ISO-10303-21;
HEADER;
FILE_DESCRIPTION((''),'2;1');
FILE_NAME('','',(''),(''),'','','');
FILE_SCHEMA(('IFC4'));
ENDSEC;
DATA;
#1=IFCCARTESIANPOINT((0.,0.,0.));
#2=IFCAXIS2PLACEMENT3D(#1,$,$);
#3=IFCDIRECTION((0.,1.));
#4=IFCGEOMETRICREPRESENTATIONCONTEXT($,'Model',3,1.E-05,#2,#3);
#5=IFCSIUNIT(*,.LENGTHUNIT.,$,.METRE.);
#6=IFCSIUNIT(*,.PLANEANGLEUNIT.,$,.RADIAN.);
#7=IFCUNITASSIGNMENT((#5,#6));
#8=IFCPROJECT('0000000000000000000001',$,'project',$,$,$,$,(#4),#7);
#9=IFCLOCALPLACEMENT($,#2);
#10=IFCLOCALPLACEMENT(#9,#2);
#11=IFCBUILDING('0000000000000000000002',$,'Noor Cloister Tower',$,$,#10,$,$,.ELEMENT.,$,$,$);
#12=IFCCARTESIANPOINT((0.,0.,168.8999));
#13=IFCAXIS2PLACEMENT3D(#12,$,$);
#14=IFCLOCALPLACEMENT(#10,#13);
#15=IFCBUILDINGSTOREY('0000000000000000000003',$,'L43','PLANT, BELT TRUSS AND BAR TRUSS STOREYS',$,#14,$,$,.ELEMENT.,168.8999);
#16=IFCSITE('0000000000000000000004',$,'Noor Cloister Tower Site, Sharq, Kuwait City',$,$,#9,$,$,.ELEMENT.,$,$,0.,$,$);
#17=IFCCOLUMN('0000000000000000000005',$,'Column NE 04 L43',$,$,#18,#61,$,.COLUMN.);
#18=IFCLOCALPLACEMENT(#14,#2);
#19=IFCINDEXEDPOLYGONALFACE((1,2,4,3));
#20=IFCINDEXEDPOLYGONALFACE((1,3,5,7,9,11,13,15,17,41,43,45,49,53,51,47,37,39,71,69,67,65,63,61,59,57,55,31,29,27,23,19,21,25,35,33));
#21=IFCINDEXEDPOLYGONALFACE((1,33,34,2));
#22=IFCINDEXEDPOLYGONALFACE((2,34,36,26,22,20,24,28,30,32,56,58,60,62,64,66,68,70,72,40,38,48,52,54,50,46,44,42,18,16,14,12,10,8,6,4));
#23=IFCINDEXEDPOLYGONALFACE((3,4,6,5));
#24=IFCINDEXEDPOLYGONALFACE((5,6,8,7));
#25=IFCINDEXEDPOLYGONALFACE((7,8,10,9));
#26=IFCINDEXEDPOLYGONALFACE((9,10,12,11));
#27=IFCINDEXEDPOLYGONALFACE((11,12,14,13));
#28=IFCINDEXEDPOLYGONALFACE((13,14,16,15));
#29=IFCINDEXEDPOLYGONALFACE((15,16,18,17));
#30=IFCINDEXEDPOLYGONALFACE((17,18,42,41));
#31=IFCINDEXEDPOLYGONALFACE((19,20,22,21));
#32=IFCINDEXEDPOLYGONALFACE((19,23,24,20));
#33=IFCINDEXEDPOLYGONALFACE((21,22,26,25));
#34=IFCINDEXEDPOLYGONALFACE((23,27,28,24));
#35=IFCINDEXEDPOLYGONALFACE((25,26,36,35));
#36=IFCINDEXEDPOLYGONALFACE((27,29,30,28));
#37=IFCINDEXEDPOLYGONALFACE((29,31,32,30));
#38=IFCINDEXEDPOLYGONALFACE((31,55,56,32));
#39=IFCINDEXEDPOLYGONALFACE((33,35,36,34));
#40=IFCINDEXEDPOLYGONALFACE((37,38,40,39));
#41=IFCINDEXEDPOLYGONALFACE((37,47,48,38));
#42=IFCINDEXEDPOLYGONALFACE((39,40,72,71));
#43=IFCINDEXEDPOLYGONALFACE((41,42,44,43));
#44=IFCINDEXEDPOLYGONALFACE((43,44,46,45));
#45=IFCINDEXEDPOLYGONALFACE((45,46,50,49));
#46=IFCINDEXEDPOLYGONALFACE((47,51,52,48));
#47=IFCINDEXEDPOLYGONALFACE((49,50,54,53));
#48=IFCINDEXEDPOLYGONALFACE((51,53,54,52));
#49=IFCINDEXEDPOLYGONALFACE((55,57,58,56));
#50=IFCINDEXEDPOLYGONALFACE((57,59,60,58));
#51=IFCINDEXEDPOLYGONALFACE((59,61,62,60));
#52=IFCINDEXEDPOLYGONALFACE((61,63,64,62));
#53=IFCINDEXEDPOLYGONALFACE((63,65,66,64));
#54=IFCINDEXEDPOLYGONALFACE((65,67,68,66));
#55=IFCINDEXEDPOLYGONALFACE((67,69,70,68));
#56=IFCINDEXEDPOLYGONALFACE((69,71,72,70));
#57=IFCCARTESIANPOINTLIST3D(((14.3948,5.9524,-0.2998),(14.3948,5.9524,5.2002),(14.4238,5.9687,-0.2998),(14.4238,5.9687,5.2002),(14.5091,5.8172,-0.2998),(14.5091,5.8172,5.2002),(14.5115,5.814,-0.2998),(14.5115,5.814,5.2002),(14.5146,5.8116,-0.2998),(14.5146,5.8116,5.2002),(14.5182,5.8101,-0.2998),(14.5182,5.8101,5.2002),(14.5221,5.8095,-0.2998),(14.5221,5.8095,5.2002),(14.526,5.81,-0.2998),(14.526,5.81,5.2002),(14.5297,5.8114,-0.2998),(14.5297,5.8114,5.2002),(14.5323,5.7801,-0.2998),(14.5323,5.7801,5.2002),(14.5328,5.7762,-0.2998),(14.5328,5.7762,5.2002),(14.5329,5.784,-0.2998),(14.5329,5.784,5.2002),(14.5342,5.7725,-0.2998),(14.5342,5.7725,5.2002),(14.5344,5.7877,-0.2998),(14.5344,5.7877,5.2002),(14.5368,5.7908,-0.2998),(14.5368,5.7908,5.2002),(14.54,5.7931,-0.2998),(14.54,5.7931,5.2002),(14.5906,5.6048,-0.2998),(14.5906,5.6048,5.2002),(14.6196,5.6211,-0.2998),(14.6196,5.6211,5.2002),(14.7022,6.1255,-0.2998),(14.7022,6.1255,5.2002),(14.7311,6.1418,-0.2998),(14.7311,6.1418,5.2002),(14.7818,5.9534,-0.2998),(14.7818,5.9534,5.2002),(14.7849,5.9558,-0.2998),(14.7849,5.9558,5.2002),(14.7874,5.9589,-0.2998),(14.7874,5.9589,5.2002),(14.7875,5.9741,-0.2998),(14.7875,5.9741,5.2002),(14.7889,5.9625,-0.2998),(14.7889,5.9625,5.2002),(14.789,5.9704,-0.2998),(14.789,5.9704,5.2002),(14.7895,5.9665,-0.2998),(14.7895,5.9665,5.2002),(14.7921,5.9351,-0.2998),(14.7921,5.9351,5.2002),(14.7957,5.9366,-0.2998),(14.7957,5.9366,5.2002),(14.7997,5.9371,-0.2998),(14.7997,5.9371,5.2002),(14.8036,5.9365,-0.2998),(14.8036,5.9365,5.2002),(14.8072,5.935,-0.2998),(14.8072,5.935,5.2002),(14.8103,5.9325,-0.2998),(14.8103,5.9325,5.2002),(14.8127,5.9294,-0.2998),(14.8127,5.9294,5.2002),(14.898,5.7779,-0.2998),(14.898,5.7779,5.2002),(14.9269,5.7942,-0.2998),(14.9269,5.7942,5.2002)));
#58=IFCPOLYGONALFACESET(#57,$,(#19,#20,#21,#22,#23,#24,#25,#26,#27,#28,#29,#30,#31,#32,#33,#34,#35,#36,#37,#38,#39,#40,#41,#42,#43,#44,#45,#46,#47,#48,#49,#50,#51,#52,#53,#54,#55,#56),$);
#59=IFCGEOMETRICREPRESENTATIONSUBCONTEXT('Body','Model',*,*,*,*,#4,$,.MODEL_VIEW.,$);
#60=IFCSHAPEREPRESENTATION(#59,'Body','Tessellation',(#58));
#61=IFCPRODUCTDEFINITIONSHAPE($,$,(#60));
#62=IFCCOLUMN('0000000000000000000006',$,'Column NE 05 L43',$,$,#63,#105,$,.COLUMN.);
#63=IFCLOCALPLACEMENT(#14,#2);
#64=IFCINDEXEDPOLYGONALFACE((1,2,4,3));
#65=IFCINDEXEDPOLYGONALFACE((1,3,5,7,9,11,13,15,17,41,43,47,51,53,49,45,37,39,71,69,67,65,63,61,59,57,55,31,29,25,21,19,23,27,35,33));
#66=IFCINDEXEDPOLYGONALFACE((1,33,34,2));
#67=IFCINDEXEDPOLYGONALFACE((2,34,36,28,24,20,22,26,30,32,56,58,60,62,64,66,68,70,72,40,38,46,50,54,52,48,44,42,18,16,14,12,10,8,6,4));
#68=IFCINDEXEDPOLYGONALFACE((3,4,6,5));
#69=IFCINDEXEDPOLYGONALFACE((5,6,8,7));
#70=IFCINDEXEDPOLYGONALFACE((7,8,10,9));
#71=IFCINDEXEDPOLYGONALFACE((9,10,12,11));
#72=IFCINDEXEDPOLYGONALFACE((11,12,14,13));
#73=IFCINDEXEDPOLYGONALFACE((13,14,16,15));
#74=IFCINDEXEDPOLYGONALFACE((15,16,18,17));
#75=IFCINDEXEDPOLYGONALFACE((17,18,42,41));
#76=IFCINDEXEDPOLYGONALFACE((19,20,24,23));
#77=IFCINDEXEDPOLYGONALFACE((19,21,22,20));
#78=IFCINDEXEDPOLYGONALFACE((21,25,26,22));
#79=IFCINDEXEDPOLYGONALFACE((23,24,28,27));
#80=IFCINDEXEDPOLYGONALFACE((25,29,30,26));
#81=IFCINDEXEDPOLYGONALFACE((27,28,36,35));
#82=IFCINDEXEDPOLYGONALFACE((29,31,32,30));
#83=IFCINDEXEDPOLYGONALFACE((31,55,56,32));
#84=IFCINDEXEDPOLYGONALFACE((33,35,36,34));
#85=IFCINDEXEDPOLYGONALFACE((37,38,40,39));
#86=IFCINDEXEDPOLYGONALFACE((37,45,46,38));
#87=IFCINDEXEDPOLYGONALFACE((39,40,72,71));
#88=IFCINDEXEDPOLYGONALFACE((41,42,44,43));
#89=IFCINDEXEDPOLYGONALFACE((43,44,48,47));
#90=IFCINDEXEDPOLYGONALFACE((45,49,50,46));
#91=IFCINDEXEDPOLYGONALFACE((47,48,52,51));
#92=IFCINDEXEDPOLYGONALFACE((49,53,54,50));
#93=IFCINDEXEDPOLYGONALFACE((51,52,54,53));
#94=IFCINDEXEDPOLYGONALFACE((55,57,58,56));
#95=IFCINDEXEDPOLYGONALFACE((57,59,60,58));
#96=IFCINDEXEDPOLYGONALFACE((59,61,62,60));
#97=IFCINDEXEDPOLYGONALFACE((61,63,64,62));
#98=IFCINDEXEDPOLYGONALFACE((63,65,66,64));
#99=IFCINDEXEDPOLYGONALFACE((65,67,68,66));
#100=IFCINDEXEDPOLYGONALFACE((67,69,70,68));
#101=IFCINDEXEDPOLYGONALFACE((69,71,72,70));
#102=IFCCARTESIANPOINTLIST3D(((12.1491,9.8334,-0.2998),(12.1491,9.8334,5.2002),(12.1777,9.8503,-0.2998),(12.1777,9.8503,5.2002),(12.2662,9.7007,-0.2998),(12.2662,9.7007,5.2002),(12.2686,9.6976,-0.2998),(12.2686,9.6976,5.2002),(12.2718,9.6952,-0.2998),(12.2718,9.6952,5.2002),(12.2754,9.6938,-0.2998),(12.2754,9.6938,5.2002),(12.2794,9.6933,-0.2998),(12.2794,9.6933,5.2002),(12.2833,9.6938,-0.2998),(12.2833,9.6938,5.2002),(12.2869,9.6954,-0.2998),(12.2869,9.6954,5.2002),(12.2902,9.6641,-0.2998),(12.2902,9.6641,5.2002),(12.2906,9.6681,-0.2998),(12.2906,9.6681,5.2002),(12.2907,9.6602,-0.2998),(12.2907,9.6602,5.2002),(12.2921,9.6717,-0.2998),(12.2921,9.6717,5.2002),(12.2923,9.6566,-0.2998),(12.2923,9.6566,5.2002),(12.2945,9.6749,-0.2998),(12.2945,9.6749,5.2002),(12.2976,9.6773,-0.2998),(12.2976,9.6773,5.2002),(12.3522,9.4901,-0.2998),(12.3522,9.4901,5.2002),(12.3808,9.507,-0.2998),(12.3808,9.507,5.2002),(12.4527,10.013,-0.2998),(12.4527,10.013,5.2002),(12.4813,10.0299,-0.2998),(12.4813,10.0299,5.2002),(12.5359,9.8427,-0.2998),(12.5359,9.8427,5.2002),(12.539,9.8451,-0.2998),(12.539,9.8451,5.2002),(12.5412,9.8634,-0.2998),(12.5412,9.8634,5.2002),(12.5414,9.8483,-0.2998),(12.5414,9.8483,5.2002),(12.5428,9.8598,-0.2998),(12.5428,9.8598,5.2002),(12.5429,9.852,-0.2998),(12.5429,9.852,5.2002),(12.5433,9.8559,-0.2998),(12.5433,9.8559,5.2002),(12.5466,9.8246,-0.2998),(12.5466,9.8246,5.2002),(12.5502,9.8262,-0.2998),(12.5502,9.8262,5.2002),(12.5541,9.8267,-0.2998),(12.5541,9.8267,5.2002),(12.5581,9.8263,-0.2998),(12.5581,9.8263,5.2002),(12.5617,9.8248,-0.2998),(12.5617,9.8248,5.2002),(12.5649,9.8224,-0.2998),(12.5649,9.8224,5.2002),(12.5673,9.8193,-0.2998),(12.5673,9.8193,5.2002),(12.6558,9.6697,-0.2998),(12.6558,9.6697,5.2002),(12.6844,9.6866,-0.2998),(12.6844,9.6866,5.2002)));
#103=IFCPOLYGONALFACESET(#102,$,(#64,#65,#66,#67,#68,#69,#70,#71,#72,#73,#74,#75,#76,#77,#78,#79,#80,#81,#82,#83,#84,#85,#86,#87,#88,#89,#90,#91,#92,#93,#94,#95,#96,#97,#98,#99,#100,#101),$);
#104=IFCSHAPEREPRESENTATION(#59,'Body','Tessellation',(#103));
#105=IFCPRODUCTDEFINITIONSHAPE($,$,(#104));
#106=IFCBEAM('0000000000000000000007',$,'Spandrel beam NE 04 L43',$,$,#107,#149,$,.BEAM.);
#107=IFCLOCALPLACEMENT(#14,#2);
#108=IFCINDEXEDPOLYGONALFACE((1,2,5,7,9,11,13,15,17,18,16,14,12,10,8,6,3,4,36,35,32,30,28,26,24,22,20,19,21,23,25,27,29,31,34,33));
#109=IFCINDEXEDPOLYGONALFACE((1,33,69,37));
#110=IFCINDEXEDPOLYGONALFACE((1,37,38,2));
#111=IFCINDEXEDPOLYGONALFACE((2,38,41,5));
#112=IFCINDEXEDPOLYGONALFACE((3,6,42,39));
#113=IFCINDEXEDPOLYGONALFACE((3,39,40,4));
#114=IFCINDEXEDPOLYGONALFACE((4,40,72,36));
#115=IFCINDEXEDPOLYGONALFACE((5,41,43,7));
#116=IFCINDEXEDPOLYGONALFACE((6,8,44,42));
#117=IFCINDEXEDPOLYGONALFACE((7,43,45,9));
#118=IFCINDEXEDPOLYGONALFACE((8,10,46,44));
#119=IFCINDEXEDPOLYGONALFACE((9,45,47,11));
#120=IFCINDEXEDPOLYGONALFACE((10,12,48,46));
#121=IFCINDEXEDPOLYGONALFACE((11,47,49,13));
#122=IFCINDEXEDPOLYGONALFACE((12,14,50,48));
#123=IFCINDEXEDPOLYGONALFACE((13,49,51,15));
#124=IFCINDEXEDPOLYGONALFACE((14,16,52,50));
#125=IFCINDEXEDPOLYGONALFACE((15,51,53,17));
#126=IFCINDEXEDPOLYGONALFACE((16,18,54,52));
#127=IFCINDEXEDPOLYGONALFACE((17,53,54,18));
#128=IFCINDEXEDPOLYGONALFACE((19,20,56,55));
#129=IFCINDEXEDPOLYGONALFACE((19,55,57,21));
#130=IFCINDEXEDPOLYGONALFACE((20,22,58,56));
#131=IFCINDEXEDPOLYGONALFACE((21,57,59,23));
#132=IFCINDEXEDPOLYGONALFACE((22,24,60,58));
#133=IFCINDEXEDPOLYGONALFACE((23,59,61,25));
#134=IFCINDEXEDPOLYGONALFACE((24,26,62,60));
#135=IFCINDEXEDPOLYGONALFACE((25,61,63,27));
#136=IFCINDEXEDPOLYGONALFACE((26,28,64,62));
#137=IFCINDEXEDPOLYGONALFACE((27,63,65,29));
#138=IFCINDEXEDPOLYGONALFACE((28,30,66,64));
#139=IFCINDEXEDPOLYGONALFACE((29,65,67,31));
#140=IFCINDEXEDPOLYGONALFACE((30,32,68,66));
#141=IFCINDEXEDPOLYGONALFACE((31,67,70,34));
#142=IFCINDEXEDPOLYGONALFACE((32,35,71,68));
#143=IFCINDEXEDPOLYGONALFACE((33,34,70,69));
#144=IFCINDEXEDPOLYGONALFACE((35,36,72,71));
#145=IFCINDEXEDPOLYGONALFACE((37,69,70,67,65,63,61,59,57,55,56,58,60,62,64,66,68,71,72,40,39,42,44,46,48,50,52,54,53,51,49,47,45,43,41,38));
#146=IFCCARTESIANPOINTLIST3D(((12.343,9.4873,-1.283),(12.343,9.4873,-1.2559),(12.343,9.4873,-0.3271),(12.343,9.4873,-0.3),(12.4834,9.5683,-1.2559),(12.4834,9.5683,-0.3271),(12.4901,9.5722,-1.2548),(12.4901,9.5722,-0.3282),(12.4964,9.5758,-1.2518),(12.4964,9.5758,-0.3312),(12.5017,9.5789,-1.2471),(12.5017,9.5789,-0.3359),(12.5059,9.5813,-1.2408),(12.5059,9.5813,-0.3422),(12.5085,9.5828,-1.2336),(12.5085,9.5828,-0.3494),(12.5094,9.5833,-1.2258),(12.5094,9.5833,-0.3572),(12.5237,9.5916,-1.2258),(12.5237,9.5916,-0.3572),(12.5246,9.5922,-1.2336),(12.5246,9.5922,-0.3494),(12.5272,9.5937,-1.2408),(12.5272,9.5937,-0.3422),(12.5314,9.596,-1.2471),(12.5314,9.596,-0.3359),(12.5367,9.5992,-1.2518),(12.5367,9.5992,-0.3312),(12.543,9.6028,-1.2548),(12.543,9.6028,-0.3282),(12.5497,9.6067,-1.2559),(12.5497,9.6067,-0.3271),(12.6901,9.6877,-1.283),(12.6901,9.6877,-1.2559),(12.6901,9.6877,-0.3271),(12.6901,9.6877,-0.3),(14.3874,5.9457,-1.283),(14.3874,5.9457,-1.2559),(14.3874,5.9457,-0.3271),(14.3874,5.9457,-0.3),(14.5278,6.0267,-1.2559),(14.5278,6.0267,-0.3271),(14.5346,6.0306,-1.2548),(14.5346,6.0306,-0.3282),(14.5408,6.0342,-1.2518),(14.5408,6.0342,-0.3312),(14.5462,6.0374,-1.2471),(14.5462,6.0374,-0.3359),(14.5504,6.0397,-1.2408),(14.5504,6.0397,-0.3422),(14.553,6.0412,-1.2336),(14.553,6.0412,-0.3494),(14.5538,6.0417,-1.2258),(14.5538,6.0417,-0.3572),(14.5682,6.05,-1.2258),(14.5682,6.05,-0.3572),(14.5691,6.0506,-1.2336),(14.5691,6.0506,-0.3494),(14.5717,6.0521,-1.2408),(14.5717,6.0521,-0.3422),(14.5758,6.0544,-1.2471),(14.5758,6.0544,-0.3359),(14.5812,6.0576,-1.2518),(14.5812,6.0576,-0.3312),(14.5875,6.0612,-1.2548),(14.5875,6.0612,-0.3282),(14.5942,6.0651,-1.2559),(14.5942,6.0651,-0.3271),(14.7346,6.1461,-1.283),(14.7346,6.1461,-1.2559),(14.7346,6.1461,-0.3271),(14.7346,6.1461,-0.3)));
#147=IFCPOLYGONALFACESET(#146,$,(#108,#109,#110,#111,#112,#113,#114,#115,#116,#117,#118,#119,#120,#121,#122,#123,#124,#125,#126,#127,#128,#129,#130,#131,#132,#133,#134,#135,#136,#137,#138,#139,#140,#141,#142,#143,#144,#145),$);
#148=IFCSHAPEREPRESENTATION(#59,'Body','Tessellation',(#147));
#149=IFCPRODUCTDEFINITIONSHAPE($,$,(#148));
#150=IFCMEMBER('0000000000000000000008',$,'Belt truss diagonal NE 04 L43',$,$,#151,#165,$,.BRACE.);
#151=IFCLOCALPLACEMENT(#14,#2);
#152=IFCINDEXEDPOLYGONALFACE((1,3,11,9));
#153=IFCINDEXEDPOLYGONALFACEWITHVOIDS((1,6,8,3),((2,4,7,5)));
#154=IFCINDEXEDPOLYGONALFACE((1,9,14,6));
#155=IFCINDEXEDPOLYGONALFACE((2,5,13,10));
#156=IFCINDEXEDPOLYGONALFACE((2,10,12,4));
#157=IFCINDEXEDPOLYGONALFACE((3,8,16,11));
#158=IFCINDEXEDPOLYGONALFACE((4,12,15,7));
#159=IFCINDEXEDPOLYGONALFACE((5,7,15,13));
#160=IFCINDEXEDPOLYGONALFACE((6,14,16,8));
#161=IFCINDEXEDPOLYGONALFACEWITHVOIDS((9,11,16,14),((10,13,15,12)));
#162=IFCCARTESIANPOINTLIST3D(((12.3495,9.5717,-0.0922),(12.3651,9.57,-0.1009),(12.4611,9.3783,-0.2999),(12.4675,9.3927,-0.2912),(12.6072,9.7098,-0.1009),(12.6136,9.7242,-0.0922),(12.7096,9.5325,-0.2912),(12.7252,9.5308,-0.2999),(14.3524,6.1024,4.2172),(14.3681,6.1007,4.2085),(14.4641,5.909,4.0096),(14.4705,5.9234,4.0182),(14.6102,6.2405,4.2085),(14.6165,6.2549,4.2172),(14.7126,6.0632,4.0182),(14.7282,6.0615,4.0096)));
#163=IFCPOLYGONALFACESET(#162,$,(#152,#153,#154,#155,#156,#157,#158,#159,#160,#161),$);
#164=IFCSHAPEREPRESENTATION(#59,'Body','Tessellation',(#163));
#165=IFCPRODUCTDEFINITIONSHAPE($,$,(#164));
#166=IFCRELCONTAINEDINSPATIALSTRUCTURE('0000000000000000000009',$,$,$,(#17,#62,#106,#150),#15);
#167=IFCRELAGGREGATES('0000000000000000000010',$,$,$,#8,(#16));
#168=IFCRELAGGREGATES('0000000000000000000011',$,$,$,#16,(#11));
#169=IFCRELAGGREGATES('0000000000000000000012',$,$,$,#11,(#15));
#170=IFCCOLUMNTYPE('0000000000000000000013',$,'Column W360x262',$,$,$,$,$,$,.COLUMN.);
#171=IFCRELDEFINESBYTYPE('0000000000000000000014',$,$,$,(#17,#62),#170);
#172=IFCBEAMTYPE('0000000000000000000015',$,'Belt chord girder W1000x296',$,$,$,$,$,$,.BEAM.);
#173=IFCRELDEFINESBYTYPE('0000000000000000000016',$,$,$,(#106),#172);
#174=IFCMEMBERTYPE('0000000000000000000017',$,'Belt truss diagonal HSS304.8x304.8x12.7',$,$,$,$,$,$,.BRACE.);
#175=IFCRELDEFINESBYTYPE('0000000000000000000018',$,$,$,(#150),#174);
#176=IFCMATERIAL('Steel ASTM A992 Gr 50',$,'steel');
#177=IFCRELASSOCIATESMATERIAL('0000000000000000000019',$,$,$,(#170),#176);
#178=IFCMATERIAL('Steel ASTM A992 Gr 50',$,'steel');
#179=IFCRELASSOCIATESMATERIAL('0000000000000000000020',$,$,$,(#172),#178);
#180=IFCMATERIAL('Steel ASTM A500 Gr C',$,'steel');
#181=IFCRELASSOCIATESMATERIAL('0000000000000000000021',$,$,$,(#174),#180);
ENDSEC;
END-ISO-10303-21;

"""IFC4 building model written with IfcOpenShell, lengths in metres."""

from ifc_helpers import new_model, si_unit, direction, frame, origin, origin_2d, place, context, subcontext, project, spatial, hollow_rectangle, i_section, extrude, material, material_profile, profile_set, type_object, element, save


model = new_model("IFC4")

# Units and contexts
model_context = context("Model", 3, precision=1e-05, world=origin(), true_north=direction((0.0, 1.0)))
body_context = subcontext(model_context, "Body", "Model", "MODEL_VIEW")
ifc_project = project(units=[si_unit("LENGTHUNIT", "METRE"), si_unit("PLANEANGLEUNIT", "RADIAN")], contexts=[model_context])

# Site, building, storey
site_placement = place(None, origin())
site = spatial("IfcSite", under=ifc_project, at=site_placement, Name="Noor Cloister Tower Site, Sharq, Kuwait City", CompositionType="ELEMENT", RefElevation=0.0)
building_placement = place(site_placement, origin())
building = spatial("IfcBuilding", under=site, at=building_placement, Name="Noor Cloister Tower", CompositionType="ELEMENT")
storey_placement = place(building_placement, frame((0.0, 0.0, 168.8999)))
storey = spatial("IfcBuildingStorey", under=building, at=storey_placement, Name="L43", Description="PLANT, BELT TRUSS AND BAR TRUSS STOREYS", CompositionType="ELEMENT", Elevation=168.8999)

# Columns
ifc_material_1 = material(Name="Steel ASTM A992 Gr 50", Category="steel")
ifc_material_profile_1 = material_profile(ifc_material_1, i_section(OverallWidth=0.3989, OverallDepth=0.386, WebThickness=0.021, FlangeThickness=0.0332, FilletRadius=0.0151, at=origin_2d()), Name="W360x262")
ifc_profile_set_1 = profile_set([ifc_material_profile_1], Name="Steel ASTM A992 Gr 50")
column_type = type_object("IfcColumnType", Name="Column W360x262", PredefinedType="COLUMN", material=ifc_profile_set_1)
for number, where, z_axis, x_axis, name in (
    (1, (14.6609, 5.8733, -0.2998), (0.0, 0.0, 1.0), (-0.4908, 0.871272, 0.0), "Column NE 04 L43"),
    (2, (12.4167, 9.76, -0.2998), (0.0, 0.0, 1.0), (-0.509144, 0.860682, 0.0), "Column NE 05 L43"),
):
    element("IfcColumn", number, at=place(storey_placement, frame(where, z_axis=z_axis, x_axis=x_axis)), inside=storey, type_object=column_type, Name=name, PredefinedType="COLUMN", context=body_context, shape_type="SweptSolid", body=[
        extrude(i_section(OverallWidth=0.3989, OverallDepth=0.386, WebThickness=0.021, FlangeThickness=0.0332, FilletRadius=0.0151, at=origin_2d()), origin(), (0.0, 0.0, 1.0), 5.5),
    ])

# Beam
ifc_material_2 = material(Name="Steel ASTM A992 Gr 50", Category="steel")
ifc_material_profile_2 = material_profile(ifc_material_2, i_section(OverallWidth=0.4009, OverallDepth=0.9829, WebThickness=0.0166, FlangeThickness=0.0271, FilletRadius=0.03, at=origin_2d()), Name="W1000x296")
ifc_profile_set_2 = profile_set([ifc_material_profile_2], Name="Steel ASTM A992 Gr 50")
beam_type = type_object("IfcBeamType", Name="Belt chord girder W1000x296", PredefinedType="BEAM", material=ifc_profile_set_2)
beam_placement = place(storey_placement, frame((14.561, 6.0459, -0.7915), z_axis=(-0.499953, 0.866052, 0.0), x_axis=(-0.866052, -0.499953, 0.0)))
element("IfcBeam", 3, at=beam_placement, inside=storey, type_object=beam_type, Name="Spandrel beam NE 04 L43", PredefinedType="BEAM", context=body_context, shape_type="SweptSolid", body=[
    extrude(i_section(OverallWidth=0.4009, OverallDepth=0.9829, WebThickness=0.0166, FlangeThickness=0.0271, FilletRadius=0.03, at=origin_2d()), origin(), (0.0, 0.0, 1.0), 4.0894),
])

# Member
ifc_material_3 = material(Name="Steel ASTM A500 Gr C", Category="steel")
ifc_material_profile_3 = material_profile(ifc_material_3, hollow_rectangle(XDim=0.3049, YDim=0.3049, WallThickness=0.0127, at=origin_2d()), Name="HSS304.8x304.8x12.7")
ifc_profile_set_3 = profile_set([ifc_material_profile_3], Name="Steel ASTM A500 Gr C")
member_type_1 = type_object("IfcMemberType", Name="Belt truss diagonal HSS304.8x304.8x12.7", PredefinedType="BRACE", material=ifc_profile_set_3)
member_1_placement = place(storey_placement, frame((12.5374, 9.5513, -0.196), z_axis=(0.340422, -0.589638, 0.732421), x_axis=(0.866029, 0.499993, 0.0)))
element("IfcMember", 4, at=member_1_placement, inside=storey, type_object=member_type_1, Name="Belt truss diagonal NE 04 L43", PredefinedType="BRACE", context=body_context, shape_type="SweptSolid", body=[
    extrude(hollow_rectangle(XDim=0.3049, YDim=0.3049, WallThickness=0.0127, at=origin_2d()), origin(), (0.0, 0.0, 1.0), 5.8838),
])

save(model, "model.ifc")
